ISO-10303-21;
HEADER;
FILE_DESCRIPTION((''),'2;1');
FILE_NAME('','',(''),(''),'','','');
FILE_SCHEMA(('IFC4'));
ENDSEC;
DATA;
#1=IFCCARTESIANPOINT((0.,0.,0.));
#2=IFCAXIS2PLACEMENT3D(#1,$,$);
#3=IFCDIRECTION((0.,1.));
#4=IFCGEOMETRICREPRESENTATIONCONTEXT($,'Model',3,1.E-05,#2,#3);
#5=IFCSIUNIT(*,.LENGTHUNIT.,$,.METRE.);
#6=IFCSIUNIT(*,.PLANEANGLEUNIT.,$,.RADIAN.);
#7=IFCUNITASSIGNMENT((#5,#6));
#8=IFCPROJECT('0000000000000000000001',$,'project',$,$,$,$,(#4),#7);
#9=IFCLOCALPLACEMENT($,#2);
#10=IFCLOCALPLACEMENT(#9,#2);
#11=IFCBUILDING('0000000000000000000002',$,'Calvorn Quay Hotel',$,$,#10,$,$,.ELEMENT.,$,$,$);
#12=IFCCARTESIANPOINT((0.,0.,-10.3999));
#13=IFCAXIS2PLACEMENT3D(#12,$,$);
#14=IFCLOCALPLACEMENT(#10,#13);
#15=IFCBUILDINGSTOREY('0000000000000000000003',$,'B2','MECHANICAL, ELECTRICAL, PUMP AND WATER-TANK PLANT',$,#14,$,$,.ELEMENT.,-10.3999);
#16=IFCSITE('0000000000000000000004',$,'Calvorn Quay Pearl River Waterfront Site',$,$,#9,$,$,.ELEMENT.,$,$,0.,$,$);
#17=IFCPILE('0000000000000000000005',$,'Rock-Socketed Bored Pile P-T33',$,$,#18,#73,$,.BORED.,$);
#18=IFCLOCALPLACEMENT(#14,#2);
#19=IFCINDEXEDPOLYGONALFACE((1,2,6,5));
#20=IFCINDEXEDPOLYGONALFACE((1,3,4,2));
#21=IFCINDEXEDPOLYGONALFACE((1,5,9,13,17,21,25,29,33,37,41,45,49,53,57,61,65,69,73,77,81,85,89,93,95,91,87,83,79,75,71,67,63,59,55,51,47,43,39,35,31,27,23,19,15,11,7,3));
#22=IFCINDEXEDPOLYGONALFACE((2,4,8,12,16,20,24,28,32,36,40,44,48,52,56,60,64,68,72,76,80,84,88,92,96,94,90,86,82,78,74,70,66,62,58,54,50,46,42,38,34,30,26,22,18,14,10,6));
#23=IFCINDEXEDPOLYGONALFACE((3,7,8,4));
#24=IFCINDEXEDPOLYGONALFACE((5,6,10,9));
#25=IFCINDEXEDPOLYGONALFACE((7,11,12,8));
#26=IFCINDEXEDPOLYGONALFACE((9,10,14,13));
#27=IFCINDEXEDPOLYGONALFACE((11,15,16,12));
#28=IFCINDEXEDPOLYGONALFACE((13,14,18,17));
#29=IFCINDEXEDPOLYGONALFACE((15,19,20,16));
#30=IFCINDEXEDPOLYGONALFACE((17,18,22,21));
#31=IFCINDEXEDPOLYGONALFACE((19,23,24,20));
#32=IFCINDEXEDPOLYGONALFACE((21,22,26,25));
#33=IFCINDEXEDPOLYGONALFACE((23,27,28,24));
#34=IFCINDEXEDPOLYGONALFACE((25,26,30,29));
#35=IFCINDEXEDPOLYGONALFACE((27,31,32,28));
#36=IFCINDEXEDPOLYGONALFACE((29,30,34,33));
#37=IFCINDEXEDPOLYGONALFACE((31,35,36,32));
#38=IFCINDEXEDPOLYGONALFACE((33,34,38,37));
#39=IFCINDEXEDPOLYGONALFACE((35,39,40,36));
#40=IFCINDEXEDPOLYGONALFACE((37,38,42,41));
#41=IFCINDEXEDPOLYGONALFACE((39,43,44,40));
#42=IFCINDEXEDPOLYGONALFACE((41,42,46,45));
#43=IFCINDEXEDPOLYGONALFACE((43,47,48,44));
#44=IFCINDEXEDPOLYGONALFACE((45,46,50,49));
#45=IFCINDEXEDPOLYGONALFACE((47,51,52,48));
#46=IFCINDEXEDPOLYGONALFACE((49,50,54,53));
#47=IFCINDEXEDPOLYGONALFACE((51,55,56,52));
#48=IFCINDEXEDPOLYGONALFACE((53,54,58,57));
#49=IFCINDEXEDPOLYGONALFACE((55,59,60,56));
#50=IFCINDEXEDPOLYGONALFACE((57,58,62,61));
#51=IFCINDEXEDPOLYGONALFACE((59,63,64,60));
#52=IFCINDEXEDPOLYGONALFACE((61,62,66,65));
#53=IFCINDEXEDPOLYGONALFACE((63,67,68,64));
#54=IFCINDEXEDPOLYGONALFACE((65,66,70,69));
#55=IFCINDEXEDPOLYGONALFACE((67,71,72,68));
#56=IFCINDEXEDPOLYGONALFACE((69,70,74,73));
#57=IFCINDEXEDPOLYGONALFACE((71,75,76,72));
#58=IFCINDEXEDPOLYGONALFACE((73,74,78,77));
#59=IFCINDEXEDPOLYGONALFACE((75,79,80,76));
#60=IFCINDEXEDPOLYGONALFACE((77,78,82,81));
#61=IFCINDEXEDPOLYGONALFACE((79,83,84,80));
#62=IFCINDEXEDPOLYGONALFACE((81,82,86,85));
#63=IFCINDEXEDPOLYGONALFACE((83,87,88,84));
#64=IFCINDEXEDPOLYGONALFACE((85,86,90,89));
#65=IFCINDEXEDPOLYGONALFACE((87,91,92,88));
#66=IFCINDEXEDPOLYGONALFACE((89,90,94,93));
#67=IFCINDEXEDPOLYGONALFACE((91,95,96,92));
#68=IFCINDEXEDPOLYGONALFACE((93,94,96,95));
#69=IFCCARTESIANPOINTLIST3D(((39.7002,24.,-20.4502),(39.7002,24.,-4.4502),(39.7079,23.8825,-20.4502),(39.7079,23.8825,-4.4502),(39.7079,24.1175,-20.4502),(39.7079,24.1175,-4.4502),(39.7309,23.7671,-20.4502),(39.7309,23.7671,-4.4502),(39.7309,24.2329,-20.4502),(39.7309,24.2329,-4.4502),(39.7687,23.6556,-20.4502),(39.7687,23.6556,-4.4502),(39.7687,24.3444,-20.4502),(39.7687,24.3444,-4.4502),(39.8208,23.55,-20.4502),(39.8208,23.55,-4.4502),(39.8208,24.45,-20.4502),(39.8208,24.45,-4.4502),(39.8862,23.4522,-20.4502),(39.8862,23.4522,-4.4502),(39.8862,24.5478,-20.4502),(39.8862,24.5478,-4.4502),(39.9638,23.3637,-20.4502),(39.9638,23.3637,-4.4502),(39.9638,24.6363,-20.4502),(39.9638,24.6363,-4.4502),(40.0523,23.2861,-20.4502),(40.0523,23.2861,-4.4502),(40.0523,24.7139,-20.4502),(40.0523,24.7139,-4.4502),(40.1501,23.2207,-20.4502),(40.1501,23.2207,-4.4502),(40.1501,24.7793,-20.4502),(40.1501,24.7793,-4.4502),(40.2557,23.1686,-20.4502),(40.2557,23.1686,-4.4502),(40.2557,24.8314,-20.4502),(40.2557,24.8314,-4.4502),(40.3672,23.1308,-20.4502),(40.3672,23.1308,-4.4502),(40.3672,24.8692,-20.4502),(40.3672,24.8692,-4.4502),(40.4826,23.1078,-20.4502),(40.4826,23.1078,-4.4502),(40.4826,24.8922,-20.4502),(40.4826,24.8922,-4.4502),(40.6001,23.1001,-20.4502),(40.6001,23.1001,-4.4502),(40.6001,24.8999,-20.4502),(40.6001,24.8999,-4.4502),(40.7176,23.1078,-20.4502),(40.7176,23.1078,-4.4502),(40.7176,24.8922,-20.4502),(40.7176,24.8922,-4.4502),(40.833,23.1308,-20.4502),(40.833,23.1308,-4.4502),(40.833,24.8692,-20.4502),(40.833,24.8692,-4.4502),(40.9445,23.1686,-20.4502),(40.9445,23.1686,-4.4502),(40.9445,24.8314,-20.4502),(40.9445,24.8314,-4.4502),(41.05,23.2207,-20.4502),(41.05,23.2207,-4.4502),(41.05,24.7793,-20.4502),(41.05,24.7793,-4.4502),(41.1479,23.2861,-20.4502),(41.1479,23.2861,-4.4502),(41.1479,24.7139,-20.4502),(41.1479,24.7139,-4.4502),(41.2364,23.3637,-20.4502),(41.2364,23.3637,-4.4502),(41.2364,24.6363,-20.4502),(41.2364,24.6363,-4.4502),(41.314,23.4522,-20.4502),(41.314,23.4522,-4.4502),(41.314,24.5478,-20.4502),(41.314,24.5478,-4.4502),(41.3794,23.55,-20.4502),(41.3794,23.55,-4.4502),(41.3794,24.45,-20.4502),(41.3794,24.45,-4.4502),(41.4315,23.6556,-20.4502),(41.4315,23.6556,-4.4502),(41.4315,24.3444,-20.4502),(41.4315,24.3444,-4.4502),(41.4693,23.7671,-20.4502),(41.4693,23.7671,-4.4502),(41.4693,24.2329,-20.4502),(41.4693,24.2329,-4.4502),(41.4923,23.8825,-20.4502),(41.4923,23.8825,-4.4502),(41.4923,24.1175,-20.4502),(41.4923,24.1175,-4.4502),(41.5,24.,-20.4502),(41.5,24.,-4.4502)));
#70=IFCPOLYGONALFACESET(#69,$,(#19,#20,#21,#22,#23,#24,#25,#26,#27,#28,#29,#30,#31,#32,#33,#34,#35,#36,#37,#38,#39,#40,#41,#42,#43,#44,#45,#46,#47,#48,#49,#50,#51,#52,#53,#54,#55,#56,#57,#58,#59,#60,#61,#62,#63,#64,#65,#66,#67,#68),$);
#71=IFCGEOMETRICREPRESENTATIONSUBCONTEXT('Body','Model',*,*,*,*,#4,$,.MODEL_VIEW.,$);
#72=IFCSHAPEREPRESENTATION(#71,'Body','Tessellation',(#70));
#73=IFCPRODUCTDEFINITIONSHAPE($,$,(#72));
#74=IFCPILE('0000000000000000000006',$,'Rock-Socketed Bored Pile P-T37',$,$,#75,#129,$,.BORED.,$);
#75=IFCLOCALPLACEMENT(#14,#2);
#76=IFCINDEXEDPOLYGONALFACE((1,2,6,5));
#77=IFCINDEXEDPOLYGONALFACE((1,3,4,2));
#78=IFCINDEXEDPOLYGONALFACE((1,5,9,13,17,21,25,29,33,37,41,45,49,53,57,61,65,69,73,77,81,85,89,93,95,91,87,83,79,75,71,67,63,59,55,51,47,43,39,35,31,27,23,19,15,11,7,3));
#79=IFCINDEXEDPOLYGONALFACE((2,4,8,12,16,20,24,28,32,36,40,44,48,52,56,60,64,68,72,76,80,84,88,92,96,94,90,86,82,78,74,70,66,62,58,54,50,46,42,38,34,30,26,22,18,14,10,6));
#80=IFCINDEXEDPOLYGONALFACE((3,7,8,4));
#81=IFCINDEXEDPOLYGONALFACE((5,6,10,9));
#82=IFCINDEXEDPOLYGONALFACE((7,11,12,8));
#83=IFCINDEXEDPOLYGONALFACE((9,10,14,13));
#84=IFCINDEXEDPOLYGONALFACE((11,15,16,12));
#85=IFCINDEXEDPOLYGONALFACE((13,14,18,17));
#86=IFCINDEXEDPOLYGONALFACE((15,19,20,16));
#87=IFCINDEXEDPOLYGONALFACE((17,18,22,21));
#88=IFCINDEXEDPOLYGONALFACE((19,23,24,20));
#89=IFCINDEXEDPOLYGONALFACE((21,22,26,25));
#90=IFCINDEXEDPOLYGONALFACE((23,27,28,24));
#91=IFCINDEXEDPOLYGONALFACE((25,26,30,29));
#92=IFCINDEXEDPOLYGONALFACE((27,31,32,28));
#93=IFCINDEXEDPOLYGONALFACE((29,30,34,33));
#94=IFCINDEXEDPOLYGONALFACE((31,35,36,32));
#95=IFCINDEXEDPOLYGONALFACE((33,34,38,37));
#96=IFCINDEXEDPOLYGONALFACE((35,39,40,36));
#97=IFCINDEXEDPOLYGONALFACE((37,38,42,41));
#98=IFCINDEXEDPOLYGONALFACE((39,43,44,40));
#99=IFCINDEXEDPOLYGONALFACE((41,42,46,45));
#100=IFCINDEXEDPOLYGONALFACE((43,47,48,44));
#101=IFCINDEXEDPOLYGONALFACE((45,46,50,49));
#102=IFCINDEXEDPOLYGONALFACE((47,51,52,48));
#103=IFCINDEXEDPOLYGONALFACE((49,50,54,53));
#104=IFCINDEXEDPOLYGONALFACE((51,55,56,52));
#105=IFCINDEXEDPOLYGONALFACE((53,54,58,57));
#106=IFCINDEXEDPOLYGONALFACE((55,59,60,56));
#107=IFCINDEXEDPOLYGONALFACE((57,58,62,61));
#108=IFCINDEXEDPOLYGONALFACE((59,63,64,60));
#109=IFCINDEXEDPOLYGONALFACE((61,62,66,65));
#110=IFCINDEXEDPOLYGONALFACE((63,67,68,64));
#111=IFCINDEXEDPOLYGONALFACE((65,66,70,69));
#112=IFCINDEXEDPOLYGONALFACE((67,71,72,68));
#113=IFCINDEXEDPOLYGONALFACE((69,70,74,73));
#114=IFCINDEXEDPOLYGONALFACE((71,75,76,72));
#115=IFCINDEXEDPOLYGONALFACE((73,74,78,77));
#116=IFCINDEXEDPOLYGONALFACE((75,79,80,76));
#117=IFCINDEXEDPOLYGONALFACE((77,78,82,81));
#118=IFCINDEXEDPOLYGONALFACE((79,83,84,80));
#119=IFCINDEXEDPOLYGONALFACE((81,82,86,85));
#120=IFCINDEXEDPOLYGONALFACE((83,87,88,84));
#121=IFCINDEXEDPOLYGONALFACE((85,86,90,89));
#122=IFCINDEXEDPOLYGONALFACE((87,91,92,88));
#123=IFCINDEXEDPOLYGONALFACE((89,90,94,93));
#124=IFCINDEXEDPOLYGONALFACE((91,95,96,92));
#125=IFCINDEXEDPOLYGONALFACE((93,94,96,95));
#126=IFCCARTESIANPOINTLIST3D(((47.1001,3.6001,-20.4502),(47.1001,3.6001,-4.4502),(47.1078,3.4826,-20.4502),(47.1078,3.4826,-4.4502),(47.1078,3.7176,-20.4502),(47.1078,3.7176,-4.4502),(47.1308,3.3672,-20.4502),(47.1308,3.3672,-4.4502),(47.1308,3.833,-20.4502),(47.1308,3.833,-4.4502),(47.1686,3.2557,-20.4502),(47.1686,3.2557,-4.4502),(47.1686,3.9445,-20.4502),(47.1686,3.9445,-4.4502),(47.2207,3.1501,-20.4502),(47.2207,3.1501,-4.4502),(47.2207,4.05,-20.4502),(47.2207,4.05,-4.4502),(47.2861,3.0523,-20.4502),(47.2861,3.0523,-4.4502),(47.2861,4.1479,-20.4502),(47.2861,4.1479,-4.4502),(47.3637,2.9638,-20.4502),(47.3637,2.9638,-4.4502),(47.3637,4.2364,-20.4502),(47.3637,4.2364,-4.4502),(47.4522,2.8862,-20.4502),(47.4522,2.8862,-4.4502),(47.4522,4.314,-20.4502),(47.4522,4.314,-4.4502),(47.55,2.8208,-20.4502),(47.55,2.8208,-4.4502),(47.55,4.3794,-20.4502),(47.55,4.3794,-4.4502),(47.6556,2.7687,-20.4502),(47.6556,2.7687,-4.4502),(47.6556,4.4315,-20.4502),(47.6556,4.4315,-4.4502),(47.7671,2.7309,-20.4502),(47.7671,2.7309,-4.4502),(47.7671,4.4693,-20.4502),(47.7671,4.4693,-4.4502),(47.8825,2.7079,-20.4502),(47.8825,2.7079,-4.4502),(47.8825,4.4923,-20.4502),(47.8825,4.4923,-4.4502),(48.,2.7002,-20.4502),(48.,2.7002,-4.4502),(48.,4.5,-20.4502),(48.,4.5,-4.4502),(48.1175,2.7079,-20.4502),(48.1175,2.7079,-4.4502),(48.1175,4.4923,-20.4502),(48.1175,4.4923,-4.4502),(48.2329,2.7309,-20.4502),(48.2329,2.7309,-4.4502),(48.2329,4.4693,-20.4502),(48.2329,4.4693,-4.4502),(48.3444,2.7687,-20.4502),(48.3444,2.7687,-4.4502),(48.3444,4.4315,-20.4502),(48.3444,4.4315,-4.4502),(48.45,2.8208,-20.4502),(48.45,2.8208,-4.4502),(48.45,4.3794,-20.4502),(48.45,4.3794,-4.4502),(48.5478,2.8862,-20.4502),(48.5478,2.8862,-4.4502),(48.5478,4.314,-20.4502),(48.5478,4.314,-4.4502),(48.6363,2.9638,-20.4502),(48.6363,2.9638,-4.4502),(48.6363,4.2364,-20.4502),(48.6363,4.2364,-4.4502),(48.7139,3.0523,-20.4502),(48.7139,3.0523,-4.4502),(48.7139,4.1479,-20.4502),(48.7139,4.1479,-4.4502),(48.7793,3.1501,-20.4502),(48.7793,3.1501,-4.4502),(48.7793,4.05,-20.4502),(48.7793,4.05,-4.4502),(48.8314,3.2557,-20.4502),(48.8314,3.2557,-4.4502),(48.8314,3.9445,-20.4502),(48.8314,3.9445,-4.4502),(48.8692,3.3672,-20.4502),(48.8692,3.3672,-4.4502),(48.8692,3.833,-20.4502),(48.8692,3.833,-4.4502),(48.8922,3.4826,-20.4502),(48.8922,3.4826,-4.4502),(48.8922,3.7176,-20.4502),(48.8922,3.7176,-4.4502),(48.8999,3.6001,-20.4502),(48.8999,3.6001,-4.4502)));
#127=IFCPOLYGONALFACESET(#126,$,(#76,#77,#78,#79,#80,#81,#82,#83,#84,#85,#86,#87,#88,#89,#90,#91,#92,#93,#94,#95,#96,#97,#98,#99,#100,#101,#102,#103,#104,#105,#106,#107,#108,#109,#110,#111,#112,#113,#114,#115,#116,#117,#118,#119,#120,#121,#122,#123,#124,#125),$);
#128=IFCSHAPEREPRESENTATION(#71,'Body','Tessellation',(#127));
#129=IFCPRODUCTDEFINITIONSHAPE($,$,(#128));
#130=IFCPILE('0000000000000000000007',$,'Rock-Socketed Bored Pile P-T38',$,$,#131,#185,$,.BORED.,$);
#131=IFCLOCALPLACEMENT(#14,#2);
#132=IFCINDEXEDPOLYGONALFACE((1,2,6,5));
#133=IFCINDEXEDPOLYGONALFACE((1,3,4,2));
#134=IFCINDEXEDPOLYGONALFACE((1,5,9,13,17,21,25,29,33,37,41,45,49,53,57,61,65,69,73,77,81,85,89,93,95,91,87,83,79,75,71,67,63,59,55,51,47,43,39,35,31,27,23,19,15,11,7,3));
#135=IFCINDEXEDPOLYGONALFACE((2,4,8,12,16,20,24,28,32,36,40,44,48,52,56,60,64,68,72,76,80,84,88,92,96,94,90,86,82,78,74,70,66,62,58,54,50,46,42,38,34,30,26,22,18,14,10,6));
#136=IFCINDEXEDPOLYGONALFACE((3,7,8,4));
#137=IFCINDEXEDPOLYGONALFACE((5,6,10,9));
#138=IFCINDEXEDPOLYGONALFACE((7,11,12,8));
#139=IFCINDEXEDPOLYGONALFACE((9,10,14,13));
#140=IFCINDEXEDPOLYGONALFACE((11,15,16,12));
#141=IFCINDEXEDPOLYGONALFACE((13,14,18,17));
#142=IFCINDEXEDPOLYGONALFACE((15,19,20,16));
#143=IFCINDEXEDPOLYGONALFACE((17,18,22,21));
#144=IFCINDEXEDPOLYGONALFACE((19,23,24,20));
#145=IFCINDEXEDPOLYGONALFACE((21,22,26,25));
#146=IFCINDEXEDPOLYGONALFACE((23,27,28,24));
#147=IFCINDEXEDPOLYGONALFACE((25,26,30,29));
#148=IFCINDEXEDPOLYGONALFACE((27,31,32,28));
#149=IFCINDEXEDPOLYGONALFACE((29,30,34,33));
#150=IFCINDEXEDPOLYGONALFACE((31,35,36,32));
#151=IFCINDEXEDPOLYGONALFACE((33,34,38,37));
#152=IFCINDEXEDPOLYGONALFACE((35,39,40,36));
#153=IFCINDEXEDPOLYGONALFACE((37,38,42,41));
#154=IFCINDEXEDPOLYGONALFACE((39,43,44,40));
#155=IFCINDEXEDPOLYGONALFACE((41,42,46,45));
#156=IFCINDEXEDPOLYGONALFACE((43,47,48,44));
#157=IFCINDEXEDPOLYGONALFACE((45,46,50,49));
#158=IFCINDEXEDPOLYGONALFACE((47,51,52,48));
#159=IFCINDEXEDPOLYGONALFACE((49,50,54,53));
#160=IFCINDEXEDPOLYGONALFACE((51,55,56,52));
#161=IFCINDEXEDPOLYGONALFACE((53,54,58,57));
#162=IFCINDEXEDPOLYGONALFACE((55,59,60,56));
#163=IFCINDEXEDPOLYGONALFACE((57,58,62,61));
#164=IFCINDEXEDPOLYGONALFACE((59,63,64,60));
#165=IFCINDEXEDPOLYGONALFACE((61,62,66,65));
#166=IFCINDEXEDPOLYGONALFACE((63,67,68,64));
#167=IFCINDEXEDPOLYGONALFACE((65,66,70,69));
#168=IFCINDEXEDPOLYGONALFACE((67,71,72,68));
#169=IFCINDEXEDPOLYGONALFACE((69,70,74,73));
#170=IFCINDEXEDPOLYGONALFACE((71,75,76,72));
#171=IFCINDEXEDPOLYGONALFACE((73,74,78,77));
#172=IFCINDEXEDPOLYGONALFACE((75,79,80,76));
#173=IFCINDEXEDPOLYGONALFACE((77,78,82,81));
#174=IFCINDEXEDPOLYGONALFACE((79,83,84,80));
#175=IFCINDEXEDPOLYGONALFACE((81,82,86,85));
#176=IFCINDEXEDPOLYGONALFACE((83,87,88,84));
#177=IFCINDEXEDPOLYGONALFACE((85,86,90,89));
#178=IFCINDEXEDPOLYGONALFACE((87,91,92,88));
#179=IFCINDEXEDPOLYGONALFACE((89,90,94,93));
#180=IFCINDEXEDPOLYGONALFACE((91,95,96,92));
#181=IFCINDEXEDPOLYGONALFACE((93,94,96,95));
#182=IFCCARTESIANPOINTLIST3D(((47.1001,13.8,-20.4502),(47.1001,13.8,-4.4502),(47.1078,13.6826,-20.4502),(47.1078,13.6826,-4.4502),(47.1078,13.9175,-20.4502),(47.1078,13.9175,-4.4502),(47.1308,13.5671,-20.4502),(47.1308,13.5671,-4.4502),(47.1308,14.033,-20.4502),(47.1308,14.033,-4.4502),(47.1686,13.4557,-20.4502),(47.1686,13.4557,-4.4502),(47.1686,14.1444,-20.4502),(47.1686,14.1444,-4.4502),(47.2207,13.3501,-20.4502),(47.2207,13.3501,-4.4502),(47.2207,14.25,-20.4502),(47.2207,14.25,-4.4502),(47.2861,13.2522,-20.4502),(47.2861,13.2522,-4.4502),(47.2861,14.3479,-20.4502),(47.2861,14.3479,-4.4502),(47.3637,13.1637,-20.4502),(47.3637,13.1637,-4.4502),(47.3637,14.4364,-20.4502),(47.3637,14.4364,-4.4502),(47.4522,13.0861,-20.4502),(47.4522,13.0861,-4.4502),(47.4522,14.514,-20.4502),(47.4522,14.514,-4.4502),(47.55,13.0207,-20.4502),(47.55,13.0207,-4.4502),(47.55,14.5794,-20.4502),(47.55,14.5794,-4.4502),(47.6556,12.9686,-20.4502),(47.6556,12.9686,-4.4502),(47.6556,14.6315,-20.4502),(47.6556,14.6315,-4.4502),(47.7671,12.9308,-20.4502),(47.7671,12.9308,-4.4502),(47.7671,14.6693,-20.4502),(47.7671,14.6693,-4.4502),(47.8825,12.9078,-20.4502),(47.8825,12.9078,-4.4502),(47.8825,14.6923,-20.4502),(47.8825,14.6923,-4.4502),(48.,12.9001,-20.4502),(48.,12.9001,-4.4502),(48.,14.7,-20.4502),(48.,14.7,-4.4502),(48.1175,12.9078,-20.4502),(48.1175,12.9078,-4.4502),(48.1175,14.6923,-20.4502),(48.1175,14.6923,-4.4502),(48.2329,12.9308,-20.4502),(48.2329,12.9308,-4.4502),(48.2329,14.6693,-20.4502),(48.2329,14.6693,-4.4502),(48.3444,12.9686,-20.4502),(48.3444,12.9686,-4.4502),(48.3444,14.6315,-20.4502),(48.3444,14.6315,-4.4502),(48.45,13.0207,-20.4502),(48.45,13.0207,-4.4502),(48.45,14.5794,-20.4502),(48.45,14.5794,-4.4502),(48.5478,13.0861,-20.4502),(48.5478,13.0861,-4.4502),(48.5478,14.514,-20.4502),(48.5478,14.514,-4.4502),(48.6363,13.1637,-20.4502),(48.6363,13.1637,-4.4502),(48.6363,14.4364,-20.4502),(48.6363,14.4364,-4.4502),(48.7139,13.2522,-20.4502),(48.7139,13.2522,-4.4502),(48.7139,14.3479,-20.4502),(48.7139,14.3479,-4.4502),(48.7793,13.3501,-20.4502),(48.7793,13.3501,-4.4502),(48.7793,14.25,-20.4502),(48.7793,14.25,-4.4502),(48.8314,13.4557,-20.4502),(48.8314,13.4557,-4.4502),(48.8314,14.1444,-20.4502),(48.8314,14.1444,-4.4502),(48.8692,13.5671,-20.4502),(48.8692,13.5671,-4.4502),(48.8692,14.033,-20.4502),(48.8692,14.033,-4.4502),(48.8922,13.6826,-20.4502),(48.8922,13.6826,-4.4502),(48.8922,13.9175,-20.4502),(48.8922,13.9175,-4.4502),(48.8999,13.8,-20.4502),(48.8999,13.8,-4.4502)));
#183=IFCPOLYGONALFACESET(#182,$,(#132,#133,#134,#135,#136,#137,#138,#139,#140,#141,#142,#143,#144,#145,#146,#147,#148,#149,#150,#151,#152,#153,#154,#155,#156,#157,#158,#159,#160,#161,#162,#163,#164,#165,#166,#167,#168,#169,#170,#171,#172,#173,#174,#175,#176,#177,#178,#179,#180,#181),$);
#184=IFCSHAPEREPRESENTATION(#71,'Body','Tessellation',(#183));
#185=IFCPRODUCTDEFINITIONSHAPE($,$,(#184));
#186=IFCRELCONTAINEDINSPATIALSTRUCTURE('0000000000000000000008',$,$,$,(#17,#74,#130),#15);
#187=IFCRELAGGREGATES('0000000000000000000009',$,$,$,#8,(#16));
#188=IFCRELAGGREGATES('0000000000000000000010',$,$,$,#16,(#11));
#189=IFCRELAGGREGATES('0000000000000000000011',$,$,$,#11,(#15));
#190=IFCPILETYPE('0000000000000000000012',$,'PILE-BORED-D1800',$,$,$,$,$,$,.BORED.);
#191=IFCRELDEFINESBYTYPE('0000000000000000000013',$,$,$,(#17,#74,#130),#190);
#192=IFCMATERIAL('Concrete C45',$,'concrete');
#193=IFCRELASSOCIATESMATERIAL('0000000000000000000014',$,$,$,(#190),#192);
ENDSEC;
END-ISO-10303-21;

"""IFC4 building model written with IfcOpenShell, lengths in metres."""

from ifc_helpers import new_model, si_unit, direction, frame, origin, origin_2d, place, context, subcontext, project, spatial, circle, extrude, material, material_profile, profile_set, type_object, element, save


model = new_model("IFC4")

# Units and contexts
model_context = context("Model", 3, precision=1e-05, world=origin(), true_north=direction((0.0, 1.0)))
body_context = subcontext(model_context, "Body", "Model", "MODEL_VIEW")
ifc_project = project(units=[si_unit("LENGTHUNIT", "METRE"), si_unit("PLANEANGLEUNIT", "RADIAN")], contexts=[model_context])

# Site, building, storey
site_placement = place(None, origin())
site = spatial("IfcSite", under=ifc_project, at=site_placement, Name="Calvorn Quay Pearl River Waterfront Site", CompositionType="ELEMENT", RefElevation=0.0)
building_placement = place(site_placement, origin())
building = spatial("IfcBuilding", under=site, at=building_placement, Name="Calvorn Quay Hotel", CompositionType="ELEMENT")
storey_placement = place(building_placement, frame((0.0, 0.0, -10.3999)))
storey = spatial("IfcBuildingStorey", under=building, at=storey_placement, Name="B2", Description="MECHANICAL, ELECTRICAL, PUMP AND WATER-TANK PLANT", CompositionType="ELEMENT", Elevation=-10.3999)

# Piles
ifc_material_1 = material(Name="Concrete C45", Category="concrete")
ifc_material_profile_1 = material_profile(ifc_material_1, circle(Radius=0.8999, at=origin_2d()), Name="PILE-D1800")
ifc_profile_set_1 = profile_set([ifc_material_profile_1], Name="Concrete C45")
pile_type_1 = type_object("IfcPileType", Name="PILE-BORED-D1800", PredefinedType="BORED", material=ifc_profile_set_1)
for number, where, z_axis, x_axis, name in (
    (1, (40.6001, 24.0, -4.4502), (0.0, 0.0, -1.0), (1.0, 0.0, 0.0), "Rock-Socketed Bored Pile P-T33"),
    (2, (48.0, 3.6001, -4.4502), (0.0, 0.0, -1.0), (1.0, 0.0, 0.0), "Rock-Socketed Bored Pile P-T37"),
    (3, (48.0, 13.8, -4.4502), (0.0, 0.0, -1.0), (1.0, 0.0, 0.0), "Rock-Socketed Bored Pile P-T38"),
):
    element("IfcPile", number, at=place(storey_placement, frame(where, z_axis=z_axis, x_axis=x_axis)), inside=storey, type_object=pile_type_1, Name=name, PredefinedType="BORED", context=body_context, shape_type="SweptSolid", body=[
        extrude(circle(Radius=0.8999, at=origin_2d()), origin(), (0.0, 0.0, 1.0), 16.0),
    ])

save(model, "model.ifc")
